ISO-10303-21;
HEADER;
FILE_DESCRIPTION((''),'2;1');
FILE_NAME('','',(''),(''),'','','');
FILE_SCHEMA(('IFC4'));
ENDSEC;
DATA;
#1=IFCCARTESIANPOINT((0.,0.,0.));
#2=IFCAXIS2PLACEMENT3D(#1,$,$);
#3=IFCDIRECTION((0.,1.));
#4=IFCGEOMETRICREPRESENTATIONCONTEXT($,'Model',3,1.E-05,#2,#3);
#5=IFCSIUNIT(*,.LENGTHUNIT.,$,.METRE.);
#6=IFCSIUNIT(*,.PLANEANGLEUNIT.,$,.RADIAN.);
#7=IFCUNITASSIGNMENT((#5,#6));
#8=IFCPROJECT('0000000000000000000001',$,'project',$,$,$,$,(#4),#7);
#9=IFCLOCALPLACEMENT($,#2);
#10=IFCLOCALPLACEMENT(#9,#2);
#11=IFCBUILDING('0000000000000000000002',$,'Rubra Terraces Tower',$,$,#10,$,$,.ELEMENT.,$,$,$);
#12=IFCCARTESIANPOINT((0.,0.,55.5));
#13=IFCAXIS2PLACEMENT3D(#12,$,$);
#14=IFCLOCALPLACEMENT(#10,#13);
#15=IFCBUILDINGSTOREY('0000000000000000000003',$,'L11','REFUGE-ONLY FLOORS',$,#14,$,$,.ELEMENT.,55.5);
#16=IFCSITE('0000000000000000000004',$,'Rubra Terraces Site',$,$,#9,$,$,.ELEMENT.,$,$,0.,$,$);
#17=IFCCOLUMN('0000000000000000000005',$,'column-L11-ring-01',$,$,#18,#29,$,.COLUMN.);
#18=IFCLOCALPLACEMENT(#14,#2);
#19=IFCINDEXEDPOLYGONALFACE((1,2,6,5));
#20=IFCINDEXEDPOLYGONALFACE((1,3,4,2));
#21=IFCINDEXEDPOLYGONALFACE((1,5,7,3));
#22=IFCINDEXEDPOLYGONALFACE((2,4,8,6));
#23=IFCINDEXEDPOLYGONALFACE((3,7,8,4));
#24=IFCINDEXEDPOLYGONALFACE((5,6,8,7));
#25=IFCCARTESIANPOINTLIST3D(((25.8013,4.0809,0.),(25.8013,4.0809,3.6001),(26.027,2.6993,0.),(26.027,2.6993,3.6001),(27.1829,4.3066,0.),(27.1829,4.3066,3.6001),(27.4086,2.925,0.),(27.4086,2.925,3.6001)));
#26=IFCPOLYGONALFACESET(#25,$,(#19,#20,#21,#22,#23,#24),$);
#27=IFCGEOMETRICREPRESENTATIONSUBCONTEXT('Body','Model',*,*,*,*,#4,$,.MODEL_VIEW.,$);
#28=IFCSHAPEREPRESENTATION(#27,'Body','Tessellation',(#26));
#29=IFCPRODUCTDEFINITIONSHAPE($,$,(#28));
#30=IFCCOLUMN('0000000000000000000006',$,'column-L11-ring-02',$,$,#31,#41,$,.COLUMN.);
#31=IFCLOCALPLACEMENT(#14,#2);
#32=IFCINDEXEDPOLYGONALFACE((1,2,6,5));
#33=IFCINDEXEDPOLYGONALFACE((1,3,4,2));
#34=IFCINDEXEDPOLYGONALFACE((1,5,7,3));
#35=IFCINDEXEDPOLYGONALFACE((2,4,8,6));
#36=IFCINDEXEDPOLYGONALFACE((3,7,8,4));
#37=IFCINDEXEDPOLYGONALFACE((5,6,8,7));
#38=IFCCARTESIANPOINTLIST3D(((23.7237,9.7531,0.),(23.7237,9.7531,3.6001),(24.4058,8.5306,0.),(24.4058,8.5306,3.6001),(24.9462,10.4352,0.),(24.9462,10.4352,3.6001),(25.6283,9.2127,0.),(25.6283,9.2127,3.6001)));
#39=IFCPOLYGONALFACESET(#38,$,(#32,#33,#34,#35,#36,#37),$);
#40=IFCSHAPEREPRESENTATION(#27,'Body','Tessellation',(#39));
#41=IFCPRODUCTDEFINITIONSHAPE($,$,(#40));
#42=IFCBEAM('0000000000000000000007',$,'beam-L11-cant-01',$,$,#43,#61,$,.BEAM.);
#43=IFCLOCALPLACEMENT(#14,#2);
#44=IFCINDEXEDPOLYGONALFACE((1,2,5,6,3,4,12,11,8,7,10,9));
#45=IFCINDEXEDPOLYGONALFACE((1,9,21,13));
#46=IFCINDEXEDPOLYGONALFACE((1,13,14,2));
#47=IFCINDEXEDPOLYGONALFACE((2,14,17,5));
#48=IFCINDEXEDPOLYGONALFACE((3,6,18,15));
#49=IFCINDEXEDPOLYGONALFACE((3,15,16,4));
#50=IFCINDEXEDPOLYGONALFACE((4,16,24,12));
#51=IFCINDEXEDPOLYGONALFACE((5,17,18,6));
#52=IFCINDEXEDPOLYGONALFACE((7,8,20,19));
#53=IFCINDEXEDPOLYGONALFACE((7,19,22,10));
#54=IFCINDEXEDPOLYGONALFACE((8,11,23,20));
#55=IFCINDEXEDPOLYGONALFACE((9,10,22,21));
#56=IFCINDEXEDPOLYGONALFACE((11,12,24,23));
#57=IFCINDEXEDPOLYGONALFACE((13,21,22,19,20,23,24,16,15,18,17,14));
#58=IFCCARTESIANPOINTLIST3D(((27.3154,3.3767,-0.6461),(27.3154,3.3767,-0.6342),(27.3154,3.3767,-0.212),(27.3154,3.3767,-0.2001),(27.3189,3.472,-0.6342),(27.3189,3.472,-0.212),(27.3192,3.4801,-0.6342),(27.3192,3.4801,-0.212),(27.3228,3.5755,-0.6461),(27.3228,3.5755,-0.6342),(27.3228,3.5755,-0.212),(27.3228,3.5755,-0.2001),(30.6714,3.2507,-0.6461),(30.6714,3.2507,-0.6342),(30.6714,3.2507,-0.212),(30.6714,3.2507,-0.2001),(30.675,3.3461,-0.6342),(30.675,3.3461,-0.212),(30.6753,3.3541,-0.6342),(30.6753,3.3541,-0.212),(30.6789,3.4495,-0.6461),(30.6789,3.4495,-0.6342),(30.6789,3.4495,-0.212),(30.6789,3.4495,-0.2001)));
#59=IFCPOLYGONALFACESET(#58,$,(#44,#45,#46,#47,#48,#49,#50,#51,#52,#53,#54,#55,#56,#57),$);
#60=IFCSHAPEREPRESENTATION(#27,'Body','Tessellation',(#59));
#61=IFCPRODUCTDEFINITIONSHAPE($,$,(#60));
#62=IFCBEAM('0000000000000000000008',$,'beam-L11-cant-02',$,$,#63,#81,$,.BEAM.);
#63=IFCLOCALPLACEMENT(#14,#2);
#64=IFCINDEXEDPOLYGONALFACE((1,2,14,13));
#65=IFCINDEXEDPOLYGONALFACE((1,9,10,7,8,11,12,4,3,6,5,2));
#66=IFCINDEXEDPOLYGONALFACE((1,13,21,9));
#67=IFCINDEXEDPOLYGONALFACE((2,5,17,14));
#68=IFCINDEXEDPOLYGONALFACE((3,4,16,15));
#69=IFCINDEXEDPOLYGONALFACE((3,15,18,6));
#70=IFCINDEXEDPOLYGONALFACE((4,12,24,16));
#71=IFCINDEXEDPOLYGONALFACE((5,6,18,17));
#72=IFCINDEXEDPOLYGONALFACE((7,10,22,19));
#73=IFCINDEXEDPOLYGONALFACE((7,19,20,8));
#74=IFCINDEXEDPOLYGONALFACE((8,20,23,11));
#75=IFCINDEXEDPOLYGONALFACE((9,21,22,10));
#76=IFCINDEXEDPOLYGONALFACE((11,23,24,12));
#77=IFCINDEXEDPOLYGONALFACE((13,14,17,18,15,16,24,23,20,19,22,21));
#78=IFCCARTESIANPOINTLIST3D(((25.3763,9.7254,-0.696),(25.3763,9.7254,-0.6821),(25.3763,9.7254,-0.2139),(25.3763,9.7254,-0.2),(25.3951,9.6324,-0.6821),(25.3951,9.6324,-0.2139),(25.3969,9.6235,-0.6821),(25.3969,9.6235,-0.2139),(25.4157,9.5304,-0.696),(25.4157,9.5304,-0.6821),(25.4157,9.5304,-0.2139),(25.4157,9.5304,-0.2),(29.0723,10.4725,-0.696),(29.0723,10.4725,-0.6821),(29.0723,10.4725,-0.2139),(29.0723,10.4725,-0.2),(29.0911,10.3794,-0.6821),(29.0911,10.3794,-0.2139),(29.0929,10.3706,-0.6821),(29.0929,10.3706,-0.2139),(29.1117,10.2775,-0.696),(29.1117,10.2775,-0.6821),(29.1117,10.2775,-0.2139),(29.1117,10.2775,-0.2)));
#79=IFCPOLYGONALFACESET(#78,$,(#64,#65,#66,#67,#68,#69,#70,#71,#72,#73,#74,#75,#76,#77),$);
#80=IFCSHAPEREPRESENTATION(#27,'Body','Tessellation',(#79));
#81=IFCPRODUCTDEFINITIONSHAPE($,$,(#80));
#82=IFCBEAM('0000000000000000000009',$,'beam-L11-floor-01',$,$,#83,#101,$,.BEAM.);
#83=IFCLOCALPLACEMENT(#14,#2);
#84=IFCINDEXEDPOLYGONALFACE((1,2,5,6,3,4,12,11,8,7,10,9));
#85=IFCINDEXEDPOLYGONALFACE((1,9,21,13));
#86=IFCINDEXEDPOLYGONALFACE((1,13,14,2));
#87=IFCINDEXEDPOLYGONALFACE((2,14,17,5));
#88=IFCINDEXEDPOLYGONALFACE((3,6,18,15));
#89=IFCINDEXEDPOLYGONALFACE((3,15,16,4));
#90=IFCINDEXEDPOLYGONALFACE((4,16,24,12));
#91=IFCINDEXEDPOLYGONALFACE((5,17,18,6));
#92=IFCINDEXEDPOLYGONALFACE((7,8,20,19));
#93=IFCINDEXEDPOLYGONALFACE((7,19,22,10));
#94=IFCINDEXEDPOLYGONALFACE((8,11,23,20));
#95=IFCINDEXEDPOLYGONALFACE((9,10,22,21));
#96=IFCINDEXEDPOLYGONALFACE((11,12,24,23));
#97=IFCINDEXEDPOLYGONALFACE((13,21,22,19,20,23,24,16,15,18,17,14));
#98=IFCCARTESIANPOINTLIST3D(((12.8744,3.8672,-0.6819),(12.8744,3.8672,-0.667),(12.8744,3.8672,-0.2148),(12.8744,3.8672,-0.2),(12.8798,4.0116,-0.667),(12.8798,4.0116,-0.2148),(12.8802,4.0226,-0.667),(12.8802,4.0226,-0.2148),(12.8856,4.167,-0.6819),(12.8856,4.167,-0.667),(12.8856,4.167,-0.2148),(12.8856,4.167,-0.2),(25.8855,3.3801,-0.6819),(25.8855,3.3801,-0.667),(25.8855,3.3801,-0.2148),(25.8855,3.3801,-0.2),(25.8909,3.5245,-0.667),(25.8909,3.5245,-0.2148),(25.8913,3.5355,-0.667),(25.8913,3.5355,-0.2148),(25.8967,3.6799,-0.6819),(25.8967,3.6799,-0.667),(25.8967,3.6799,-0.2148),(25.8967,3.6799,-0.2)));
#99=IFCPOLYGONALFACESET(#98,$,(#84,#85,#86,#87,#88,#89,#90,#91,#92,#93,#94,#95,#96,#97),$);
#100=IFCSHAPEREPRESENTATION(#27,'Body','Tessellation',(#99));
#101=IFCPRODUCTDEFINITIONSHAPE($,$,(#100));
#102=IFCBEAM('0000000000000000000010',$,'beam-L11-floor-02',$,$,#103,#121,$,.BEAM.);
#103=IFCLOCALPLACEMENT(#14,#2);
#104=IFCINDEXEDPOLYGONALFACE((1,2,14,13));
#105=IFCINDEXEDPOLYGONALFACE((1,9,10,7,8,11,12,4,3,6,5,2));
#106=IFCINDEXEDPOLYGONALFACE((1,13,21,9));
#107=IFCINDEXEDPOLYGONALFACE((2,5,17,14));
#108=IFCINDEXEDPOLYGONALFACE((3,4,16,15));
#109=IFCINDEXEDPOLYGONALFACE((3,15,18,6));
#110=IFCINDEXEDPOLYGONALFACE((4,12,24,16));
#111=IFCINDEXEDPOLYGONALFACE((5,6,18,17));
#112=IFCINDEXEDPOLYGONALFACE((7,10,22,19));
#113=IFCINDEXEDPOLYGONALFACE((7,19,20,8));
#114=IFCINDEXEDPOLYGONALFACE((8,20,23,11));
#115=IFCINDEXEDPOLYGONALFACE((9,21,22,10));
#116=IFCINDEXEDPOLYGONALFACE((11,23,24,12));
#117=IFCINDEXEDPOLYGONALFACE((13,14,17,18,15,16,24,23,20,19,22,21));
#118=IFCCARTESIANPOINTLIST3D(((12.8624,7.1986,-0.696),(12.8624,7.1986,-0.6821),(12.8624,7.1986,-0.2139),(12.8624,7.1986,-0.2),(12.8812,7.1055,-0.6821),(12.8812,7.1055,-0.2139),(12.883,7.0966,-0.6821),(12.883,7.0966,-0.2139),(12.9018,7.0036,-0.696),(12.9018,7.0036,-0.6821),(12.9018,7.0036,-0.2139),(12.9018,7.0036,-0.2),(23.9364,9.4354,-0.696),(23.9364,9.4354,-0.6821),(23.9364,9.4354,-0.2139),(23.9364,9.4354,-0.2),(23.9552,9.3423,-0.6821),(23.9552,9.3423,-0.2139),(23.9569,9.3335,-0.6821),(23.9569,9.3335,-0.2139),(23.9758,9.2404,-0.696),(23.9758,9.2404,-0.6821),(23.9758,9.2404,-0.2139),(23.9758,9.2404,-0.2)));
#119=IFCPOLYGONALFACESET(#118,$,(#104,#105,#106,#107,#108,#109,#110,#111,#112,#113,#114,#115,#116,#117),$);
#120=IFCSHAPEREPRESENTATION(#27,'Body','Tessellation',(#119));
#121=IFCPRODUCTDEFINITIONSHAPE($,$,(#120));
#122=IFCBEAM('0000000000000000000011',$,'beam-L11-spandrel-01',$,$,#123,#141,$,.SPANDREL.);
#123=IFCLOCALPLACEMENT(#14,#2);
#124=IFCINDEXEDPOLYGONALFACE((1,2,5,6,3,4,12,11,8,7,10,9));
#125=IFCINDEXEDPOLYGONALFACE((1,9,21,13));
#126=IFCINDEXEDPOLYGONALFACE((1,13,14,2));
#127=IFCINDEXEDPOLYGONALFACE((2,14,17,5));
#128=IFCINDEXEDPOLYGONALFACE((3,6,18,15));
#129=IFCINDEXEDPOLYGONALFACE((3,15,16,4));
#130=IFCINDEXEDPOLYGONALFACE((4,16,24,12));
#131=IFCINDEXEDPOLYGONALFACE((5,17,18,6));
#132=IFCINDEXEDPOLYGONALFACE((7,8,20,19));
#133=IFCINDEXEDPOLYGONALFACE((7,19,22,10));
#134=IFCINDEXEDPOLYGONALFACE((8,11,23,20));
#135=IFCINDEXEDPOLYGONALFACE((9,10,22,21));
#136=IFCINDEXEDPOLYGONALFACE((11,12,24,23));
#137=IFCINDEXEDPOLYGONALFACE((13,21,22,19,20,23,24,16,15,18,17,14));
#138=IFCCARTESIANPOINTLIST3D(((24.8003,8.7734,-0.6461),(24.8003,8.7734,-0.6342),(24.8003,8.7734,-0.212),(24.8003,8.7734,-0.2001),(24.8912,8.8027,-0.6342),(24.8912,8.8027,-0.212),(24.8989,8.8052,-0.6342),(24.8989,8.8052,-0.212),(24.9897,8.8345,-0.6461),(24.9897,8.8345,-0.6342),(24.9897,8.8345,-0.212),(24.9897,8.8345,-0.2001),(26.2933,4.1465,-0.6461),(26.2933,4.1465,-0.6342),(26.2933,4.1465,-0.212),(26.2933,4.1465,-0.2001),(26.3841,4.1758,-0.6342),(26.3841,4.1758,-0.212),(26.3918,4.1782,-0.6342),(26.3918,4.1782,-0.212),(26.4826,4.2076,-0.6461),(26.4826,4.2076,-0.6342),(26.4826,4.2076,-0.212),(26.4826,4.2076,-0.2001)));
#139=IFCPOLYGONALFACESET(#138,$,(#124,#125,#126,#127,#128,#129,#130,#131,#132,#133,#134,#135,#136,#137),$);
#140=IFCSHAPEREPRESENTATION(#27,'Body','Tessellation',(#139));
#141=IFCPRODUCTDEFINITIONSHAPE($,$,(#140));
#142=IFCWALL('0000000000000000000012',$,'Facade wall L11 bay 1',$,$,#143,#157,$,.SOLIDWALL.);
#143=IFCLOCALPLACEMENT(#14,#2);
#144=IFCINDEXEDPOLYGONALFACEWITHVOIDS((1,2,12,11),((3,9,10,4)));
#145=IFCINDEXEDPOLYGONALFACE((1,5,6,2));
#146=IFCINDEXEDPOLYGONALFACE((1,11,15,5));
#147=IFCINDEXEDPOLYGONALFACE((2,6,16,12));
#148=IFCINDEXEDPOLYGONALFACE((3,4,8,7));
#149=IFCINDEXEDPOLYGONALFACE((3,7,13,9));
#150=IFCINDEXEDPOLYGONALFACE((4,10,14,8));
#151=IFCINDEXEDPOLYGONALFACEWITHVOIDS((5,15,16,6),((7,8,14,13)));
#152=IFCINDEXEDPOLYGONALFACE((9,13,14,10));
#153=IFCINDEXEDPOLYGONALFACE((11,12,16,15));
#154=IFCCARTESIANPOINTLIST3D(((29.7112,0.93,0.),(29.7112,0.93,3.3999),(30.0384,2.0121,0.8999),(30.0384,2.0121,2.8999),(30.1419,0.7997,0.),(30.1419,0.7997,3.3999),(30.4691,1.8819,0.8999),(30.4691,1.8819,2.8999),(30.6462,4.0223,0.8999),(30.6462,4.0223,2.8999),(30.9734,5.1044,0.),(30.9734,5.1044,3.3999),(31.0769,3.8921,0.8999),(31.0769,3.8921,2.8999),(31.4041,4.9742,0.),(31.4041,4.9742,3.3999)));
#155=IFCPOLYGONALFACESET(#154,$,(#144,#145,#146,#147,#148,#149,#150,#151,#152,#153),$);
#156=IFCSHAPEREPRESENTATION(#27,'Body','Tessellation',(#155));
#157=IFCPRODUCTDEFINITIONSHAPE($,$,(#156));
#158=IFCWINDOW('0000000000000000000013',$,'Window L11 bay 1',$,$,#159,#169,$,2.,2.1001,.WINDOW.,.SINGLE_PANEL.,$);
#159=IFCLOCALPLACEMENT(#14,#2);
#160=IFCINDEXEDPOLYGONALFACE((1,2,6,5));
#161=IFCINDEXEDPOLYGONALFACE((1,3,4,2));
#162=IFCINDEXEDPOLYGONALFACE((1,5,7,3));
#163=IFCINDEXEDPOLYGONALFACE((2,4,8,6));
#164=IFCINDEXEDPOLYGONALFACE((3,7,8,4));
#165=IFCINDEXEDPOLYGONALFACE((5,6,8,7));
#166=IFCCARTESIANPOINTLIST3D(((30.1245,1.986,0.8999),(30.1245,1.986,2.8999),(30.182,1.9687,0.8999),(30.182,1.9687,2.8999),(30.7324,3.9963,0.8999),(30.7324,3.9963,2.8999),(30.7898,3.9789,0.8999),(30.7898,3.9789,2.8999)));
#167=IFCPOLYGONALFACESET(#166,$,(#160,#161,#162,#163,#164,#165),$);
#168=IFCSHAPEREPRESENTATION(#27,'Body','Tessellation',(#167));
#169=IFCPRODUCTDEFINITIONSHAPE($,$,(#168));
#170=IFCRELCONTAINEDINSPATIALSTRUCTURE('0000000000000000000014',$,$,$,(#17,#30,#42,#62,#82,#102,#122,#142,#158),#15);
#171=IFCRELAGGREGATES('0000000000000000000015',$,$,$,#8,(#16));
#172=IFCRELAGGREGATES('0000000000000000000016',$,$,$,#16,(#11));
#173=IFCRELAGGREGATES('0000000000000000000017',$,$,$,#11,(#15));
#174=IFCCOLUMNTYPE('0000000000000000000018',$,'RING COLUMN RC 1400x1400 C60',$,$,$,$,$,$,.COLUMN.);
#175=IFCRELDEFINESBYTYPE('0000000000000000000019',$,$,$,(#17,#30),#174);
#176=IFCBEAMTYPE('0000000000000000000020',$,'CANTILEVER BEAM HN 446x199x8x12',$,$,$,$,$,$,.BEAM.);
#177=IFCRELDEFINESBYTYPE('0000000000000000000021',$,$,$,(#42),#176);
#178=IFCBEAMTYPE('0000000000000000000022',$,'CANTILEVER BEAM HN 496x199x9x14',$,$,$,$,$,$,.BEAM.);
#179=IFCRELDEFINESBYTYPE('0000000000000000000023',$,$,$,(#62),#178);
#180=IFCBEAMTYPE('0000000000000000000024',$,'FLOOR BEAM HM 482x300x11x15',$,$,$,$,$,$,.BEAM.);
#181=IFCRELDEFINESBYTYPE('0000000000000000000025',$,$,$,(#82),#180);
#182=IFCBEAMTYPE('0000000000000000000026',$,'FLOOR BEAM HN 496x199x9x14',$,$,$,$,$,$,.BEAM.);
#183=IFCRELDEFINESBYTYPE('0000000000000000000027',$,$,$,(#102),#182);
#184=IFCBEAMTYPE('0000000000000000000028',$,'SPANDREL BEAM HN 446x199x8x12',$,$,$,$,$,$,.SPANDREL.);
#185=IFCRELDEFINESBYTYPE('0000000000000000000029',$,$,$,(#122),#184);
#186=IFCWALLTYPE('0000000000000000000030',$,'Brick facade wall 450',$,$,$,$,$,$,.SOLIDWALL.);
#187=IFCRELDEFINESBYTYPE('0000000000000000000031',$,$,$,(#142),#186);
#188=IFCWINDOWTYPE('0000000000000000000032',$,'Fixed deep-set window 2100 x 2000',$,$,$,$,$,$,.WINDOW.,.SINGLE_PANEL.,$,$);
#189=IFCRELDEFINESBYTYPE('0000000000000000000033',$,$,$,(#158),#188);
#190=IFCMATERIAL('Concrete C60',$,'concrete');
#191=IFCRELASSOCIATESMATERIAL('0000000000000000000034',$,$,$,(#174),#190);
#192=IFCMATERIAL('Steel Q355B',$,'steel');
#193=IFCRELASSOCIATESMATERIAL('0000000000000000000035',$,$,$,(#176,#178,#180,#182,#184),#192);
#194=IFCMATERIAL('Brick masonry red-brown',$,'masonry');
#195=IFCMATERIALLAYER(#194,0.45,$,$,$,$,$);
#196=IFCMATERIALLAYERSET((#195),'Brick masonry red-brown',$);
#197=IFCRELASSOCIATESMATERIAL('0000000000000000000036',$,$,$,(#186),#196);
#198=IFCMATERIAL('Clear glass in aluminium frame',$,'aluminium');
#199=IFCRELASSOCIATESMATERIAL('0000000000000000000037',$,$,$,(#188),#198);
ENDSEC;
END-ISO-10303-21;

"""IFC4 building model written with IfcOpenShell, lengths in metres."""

from ifc_helpers import new_model, si_unit, direction, frame, frame_2d, origin, origin_2d, place, context, subcontext, project, spatial, rectangle, i_section, extrude, material, layer, layer_set, material_profile, profile_set, type_object, element, fill, save


model = new_model("IFC4")

# Units and contexts
model_context = context("Model", 3, precision=1e-05, world=origin(), true_north=direction((0.0, 1.0)))
body_context = subcontext(model_context, "Body", "Model", "MODEL_VIEW")
ifc_project = project(units=[si_unit("LENGTHUNIT", "METRE"), si_unit("PLANEANGLEUNIT", "RADIAN")], contexts=[model_context])

# Site, building, storey
site_placement = place(None, origin())
site = spatial("IfcSite", under=ifc_project, at=site_placement, Name="Rubra Terraces Site", CompositionType="ELEMENT", RefElevation=0.0)
building_placement = place(site_placement, origin())
building = spatial("IfcBuilding", under=site, at=building_placement, Name="Rubra Terraces Tower", CompositionType="ELEMENT")
storey_placement = place(building_placement, frame((0.0, 0.0, 55.5)))
storey = spatial("IfcBuildingStorey", under=building, at=storey_placement, Name="L11", Description="REFUGE-ONLY FLOORS", CompositionType="ELEMENT", Elevation=55.5)

# Columns
ifc_material_1 = material(Name="Concrete C60", Category="concrete")
ifc_material_profile_1 = material_profile(ifc_material_1, rectangle(XDim=1.3999, YDim=1.3999, at=origin_2d()), Name="RC 1400x1400")
ifc_profile_set_1 = profile_set([ifc_material_profile_1], Name="Concrete C60")
column_type = type_object("IfcColumnType", Name="RING COLUMN RC 1400x1400 C60", PredefinedType="COLUMN", material=ifc_profile_set_1)
for number, where, z_axis, x_axis, name in (
    (1, (26.605, 3.5029, 0.0), (0.0, 0.0, 1.0), (-0.161234, 0.986916, 0.0), "column-L11-ring-01"),
    (2, (24.676, 9.4829, 0.0), (0.0, 0.0, 1.0), (-0.487227, 0.873276, 0.0), "column-L11-ring-02"),
):
    element("IfcColumn", number, at=place(storey_placement, frame(where, z_axis=z_axis, x_axis=x_axis)), inside=storey, type_object=column_type, Name=name, PredefinedType="COLUMN", context=body_context, shape_type="SweptSolid", body=[
        extrude(rectangle(XDim=1.3999, YDim=1.3999, at=origin_2d()), origin(), (0.0, 0.0, 1.0), 3.6001),
    ])

# Beams
ifc_material_2 = material(Name="Steel Q355B", Category="steel")
ifc_material_profile_2 = material_profile(ifc_material_2, i_section(OverallWidth=0.199, OverallDepth=0.446, WebThickness=0.0081, FlangeThickness=0.012, at=origin_2d()), Name="HN 446x199x8x12")
ifc_profile_set_2 = profile_set([ifc_material_profile_2], Name="Steel Q355B")
beam_type_1 = type_object("IfcBeamType", Name="CANTILEVER BEAM HN 446x199x8x12", PredefinedType="BEAM", material=ifc_profile_set_2)
beam_1_placement = place(storey_placement, frame((27.3191, 3.4761, -0.4231), z_axis=(0.999296, -0.037512, 0.0), x_axis=(0.037512, 0.999296, 0.0)))
element("IfcBeam", 3, at=beam_1_placement, inside=storey, type_object=beam_type_1, Name="beam-L11-cant-01", PredefinedType="BEAM", context=body_context, shape_type="SweptSolid", body=[
    extrude(i_section(OverallWidth=0.199, OverallDepth=0.446, WebThickness=0.0081, FlangeThickness=0.012, at=origin_2d()), origin(), (0.0, 0.0, 1.0), 3.3584),
])
ifc_material_profile_3 = material_profile(ifc_material_2, i_section(OverallWidth=0.199, OverallDepth=0.4961, WebThickness=0.009, FlangeThickness=0.0139, at=origin_2d()), Name="HN 496x199x9x14")
ifc_profile_set_3 = profile_set([ifc_material_profile_3], Name="Steel Q355B")
beam_type_2 = type_object("IfcBeamType", Name="CANTILEVER BEAM HN 496x199x9x14", PredefinedType="BEAM", material=ifc_profile_set_3)
beam_2_placement = place(storey_placement, frame((25.396, 9.6279, -0.448), z_axis=(0.980178, 0.19812, 0.0), x_axis=(-0.19812, 0.980178, 0.0)))
element("IfcBeam", 4, at=beam_2_placement, inside=storey, type_object=beam_type_2, Name="beam-L11-cant-02", PredefinedType="BEAM", context=body_context, shape_type="SweptSolid", body=[
    extrude(i_section(OverallWidth=0.199, OverallDepth=0.4961, WebThickness=0.009, FlangeThickness=0.0139, at=origin_2d()), origin(), (0.0, 0.0, 1.0), 3.7708),
])
ifc_material_profile_4 = material_profile(ifc_material_2, i_section(OverallWidth=0.3, OverallDepth=0.4819, WebThickness=0.011, FlangeThickness=0.0149, at=origin_2d()), Name="HM 482x300x11x15")
ifc_profile_set_4 = profile_set([ifc_material_profile_4], Name="Steel Q355B")
beam_type_3 = type_object("IfcBeamType", Name="FLOOR BEAM HM 482x300x11x15", PredefinedType="BEAM", material=ifc_profile_set_4)
beam_3_placement = place(storey_placement, frame((25.8911, 3.53, -0.4409), z_axis=(-0.9993, 0.037408, 0.0), x_axis=(-0.037408, -0.9993, 0.0)))
element("IfcBeam", 5, at=beam_3_placement, inside=storey, type_object=beam_type_3, Name="beam-L11-floor-01", PredefinedType="BEAM", context=body_context, shape_type="SweptSolid", body=[
    extrude(i_section(OverallWidth=0.3, OverallDepth=0.4819, WebThickness=0.011, FlangeThickness=0.0149, at=origin_2d()), origin(), (0.0, 0.0, 1.0), 13.0203),
])
ifc_material_profile_5 = material_profile(ifc_material_2, i_section(OverallWidth=0.199, OverallDepth=0.4961, WebThickness=0.009, FlangeThickness=0.0139, at=origin_2d()), Name="HN 496x199x9x14")
ifc_profile_set_5 = profile_set([ifc_material_profile_5], Name="Steel Q355B")
beam_type_4 = type_object("IfcBeamType", Name="FLOOR BEAM HN 496x199x9x14", PredefinedType="BEAM", material=ifc_profile_set_5)
beam_4_placement = place(storey_placement, frame((23.9561, 9.3379, -0.448), z_axis=(-0.980204, -0.19799, 0.0), x_axis=(0.19799, -0.980204, 0.0)))
element("IfcBeam", 6, at=beam_4_placement, inside=storey, type_object=beam_type_4, Name="beam-L11-floor-02", PredefinedType="BEAM", context=body_context, shape_type="SweptSolid", body=[
    extrude(i_section(OverallWidth=0.199, OverallDepth=0.4961, WebThickness=0.009, FlangeThickness=0.0139, at=origin_2d()), origin(), (0.0, 0.0, 1.0), 11.2976),
])
ifc_material_profile_6 = material_profile(ifc_material_2, i_section(OverallWidth=0.199, OverallDepth=0.446, WebThickness=0.0081, FlangeThickness=0.012, at=origin_2d()), Name="HN 446x199x8x12")
ifc_profile_set_6 = profile_set([ifc_material_profile_6], Name="Steel Q355B")
beam_type_5 = type_object("IfcBeamType", Name="SPANDREL BEAM HN 446x199x8x12", PredefinedType="SPANDREL", material=ifc_profile_set_6)
beam_5_placement = place(storey_placement, frame((26.3879, 4.177, -0.4231), z_axis=(-0.307069, 0.951687, 0.0), x_axis=(-0.951687, -0.307069, 0.0)))
element("IfcBeam", 7, at=beam_5_placement, inside=storey, type_object=beam_type_5, Name="beam-L11-spandrel-01", PredefinedType="SPANDREL", context=body_context, shape_type="SweptSolid", body=[
    extrude(i_section(OverallWidth=0.199, OverallDepth=0.446, WebThickness=0.0081, FlangeThickness=0.012, at=origin_2d()), origin(), (0.0, 0.0, 1.0), 4.8618),
])

# Wall, opening, window
ifc_material_3 = material(Name="Brick masonry red-brown", Category="masonry")
ifc_layer_1 = layer(ifc_material_3, 0.45)
ifc_layer_set_1 = layer_set([ifc_layer_1], Name="Brick masonry red-brown")
wall_type_1 = type_object("IfcWallType", Name="Brick facade wall 450", PredefinedType="SOLIDWALL", material=ifc_layer_set_1)
wall_1_placement = place(storey_placement, frame((29.9265, 0.8647, 0.0), z_axis=(0.0, 0.0, 1.0), x_axis=(0.289432, 0.957198, 0.0)))
wall_1 = element("IfcWall", 8, at=wall_1_placement, inside=storey, type_object=wall_type_1, Name="Facade wall L11 bay 1", PredefinedType="SOLIDWALL", context=body_context, shape_type="SweptSolid", body=[
    extrude(rectangle(XDim=4.3611, YDim=0.45, at=frame_2d((2.1807, 0.0))), origin(), (0.0, 0.0, 1.0), 3.3999),
])
opening_1_placement = place(wall_1_placement, frame((1.1306, 0.0, 0.8999)))
opening_1 = element("IfcOpeningElement", 9, at=opening_1_placement, cuts=wall_1, PredefinedType="OPENING", context=body_context, shape_type="SweptSolid", body=[
    extrude(rectangle(XDim=2.1001, YDim=2.0, at=frame_2d((1.05, 1.0))), frame((0.0, 0.2349, 0.0), z_axis=(0.0, -1.0, 0.0), x_axis=(1.0, 0.0, 0.0)), (0.0, 0.0, 1.0), 0.47),
])
ifc_material_4 = material(Name="Clear glass in aluminium frame", Category="aluminium")
window_type_1 = type_object("IfcWindowType", Name="Fixed deep-set window 2100 x 2000", PartitioningType="SINGLE_PANEL", PredefinedType="WINDOW", material=ifc_material_4)
window_1_placement = place(opening_1_placement, origin())
window_1 = element("IfcWindow", 10, at=window_1_placement, inside=storey, type_object=window_type_1, Name="Window L11 bay 1", OverallHeight=2.0, OverallWidth=2.1001, PartitioningType="SINGLE_PANEL", PredefinedType="WINDOW", context=body_context, shape_type="SweptSolid", body=[
    extrude(rectangle(XDim=2.1001, YDim=2.0, at=frame_2d((1.05, 1.0))), frame((0.0, 0.135, 0.0), z_axis=(0.0, -1.0, 0.0), x_axis=(1.0, 0.0, 0.0)), (0.0, 0.0, 1.0), 0.0601),
])
fill(opening_1, window_1)

save(model, "model.ifc")
